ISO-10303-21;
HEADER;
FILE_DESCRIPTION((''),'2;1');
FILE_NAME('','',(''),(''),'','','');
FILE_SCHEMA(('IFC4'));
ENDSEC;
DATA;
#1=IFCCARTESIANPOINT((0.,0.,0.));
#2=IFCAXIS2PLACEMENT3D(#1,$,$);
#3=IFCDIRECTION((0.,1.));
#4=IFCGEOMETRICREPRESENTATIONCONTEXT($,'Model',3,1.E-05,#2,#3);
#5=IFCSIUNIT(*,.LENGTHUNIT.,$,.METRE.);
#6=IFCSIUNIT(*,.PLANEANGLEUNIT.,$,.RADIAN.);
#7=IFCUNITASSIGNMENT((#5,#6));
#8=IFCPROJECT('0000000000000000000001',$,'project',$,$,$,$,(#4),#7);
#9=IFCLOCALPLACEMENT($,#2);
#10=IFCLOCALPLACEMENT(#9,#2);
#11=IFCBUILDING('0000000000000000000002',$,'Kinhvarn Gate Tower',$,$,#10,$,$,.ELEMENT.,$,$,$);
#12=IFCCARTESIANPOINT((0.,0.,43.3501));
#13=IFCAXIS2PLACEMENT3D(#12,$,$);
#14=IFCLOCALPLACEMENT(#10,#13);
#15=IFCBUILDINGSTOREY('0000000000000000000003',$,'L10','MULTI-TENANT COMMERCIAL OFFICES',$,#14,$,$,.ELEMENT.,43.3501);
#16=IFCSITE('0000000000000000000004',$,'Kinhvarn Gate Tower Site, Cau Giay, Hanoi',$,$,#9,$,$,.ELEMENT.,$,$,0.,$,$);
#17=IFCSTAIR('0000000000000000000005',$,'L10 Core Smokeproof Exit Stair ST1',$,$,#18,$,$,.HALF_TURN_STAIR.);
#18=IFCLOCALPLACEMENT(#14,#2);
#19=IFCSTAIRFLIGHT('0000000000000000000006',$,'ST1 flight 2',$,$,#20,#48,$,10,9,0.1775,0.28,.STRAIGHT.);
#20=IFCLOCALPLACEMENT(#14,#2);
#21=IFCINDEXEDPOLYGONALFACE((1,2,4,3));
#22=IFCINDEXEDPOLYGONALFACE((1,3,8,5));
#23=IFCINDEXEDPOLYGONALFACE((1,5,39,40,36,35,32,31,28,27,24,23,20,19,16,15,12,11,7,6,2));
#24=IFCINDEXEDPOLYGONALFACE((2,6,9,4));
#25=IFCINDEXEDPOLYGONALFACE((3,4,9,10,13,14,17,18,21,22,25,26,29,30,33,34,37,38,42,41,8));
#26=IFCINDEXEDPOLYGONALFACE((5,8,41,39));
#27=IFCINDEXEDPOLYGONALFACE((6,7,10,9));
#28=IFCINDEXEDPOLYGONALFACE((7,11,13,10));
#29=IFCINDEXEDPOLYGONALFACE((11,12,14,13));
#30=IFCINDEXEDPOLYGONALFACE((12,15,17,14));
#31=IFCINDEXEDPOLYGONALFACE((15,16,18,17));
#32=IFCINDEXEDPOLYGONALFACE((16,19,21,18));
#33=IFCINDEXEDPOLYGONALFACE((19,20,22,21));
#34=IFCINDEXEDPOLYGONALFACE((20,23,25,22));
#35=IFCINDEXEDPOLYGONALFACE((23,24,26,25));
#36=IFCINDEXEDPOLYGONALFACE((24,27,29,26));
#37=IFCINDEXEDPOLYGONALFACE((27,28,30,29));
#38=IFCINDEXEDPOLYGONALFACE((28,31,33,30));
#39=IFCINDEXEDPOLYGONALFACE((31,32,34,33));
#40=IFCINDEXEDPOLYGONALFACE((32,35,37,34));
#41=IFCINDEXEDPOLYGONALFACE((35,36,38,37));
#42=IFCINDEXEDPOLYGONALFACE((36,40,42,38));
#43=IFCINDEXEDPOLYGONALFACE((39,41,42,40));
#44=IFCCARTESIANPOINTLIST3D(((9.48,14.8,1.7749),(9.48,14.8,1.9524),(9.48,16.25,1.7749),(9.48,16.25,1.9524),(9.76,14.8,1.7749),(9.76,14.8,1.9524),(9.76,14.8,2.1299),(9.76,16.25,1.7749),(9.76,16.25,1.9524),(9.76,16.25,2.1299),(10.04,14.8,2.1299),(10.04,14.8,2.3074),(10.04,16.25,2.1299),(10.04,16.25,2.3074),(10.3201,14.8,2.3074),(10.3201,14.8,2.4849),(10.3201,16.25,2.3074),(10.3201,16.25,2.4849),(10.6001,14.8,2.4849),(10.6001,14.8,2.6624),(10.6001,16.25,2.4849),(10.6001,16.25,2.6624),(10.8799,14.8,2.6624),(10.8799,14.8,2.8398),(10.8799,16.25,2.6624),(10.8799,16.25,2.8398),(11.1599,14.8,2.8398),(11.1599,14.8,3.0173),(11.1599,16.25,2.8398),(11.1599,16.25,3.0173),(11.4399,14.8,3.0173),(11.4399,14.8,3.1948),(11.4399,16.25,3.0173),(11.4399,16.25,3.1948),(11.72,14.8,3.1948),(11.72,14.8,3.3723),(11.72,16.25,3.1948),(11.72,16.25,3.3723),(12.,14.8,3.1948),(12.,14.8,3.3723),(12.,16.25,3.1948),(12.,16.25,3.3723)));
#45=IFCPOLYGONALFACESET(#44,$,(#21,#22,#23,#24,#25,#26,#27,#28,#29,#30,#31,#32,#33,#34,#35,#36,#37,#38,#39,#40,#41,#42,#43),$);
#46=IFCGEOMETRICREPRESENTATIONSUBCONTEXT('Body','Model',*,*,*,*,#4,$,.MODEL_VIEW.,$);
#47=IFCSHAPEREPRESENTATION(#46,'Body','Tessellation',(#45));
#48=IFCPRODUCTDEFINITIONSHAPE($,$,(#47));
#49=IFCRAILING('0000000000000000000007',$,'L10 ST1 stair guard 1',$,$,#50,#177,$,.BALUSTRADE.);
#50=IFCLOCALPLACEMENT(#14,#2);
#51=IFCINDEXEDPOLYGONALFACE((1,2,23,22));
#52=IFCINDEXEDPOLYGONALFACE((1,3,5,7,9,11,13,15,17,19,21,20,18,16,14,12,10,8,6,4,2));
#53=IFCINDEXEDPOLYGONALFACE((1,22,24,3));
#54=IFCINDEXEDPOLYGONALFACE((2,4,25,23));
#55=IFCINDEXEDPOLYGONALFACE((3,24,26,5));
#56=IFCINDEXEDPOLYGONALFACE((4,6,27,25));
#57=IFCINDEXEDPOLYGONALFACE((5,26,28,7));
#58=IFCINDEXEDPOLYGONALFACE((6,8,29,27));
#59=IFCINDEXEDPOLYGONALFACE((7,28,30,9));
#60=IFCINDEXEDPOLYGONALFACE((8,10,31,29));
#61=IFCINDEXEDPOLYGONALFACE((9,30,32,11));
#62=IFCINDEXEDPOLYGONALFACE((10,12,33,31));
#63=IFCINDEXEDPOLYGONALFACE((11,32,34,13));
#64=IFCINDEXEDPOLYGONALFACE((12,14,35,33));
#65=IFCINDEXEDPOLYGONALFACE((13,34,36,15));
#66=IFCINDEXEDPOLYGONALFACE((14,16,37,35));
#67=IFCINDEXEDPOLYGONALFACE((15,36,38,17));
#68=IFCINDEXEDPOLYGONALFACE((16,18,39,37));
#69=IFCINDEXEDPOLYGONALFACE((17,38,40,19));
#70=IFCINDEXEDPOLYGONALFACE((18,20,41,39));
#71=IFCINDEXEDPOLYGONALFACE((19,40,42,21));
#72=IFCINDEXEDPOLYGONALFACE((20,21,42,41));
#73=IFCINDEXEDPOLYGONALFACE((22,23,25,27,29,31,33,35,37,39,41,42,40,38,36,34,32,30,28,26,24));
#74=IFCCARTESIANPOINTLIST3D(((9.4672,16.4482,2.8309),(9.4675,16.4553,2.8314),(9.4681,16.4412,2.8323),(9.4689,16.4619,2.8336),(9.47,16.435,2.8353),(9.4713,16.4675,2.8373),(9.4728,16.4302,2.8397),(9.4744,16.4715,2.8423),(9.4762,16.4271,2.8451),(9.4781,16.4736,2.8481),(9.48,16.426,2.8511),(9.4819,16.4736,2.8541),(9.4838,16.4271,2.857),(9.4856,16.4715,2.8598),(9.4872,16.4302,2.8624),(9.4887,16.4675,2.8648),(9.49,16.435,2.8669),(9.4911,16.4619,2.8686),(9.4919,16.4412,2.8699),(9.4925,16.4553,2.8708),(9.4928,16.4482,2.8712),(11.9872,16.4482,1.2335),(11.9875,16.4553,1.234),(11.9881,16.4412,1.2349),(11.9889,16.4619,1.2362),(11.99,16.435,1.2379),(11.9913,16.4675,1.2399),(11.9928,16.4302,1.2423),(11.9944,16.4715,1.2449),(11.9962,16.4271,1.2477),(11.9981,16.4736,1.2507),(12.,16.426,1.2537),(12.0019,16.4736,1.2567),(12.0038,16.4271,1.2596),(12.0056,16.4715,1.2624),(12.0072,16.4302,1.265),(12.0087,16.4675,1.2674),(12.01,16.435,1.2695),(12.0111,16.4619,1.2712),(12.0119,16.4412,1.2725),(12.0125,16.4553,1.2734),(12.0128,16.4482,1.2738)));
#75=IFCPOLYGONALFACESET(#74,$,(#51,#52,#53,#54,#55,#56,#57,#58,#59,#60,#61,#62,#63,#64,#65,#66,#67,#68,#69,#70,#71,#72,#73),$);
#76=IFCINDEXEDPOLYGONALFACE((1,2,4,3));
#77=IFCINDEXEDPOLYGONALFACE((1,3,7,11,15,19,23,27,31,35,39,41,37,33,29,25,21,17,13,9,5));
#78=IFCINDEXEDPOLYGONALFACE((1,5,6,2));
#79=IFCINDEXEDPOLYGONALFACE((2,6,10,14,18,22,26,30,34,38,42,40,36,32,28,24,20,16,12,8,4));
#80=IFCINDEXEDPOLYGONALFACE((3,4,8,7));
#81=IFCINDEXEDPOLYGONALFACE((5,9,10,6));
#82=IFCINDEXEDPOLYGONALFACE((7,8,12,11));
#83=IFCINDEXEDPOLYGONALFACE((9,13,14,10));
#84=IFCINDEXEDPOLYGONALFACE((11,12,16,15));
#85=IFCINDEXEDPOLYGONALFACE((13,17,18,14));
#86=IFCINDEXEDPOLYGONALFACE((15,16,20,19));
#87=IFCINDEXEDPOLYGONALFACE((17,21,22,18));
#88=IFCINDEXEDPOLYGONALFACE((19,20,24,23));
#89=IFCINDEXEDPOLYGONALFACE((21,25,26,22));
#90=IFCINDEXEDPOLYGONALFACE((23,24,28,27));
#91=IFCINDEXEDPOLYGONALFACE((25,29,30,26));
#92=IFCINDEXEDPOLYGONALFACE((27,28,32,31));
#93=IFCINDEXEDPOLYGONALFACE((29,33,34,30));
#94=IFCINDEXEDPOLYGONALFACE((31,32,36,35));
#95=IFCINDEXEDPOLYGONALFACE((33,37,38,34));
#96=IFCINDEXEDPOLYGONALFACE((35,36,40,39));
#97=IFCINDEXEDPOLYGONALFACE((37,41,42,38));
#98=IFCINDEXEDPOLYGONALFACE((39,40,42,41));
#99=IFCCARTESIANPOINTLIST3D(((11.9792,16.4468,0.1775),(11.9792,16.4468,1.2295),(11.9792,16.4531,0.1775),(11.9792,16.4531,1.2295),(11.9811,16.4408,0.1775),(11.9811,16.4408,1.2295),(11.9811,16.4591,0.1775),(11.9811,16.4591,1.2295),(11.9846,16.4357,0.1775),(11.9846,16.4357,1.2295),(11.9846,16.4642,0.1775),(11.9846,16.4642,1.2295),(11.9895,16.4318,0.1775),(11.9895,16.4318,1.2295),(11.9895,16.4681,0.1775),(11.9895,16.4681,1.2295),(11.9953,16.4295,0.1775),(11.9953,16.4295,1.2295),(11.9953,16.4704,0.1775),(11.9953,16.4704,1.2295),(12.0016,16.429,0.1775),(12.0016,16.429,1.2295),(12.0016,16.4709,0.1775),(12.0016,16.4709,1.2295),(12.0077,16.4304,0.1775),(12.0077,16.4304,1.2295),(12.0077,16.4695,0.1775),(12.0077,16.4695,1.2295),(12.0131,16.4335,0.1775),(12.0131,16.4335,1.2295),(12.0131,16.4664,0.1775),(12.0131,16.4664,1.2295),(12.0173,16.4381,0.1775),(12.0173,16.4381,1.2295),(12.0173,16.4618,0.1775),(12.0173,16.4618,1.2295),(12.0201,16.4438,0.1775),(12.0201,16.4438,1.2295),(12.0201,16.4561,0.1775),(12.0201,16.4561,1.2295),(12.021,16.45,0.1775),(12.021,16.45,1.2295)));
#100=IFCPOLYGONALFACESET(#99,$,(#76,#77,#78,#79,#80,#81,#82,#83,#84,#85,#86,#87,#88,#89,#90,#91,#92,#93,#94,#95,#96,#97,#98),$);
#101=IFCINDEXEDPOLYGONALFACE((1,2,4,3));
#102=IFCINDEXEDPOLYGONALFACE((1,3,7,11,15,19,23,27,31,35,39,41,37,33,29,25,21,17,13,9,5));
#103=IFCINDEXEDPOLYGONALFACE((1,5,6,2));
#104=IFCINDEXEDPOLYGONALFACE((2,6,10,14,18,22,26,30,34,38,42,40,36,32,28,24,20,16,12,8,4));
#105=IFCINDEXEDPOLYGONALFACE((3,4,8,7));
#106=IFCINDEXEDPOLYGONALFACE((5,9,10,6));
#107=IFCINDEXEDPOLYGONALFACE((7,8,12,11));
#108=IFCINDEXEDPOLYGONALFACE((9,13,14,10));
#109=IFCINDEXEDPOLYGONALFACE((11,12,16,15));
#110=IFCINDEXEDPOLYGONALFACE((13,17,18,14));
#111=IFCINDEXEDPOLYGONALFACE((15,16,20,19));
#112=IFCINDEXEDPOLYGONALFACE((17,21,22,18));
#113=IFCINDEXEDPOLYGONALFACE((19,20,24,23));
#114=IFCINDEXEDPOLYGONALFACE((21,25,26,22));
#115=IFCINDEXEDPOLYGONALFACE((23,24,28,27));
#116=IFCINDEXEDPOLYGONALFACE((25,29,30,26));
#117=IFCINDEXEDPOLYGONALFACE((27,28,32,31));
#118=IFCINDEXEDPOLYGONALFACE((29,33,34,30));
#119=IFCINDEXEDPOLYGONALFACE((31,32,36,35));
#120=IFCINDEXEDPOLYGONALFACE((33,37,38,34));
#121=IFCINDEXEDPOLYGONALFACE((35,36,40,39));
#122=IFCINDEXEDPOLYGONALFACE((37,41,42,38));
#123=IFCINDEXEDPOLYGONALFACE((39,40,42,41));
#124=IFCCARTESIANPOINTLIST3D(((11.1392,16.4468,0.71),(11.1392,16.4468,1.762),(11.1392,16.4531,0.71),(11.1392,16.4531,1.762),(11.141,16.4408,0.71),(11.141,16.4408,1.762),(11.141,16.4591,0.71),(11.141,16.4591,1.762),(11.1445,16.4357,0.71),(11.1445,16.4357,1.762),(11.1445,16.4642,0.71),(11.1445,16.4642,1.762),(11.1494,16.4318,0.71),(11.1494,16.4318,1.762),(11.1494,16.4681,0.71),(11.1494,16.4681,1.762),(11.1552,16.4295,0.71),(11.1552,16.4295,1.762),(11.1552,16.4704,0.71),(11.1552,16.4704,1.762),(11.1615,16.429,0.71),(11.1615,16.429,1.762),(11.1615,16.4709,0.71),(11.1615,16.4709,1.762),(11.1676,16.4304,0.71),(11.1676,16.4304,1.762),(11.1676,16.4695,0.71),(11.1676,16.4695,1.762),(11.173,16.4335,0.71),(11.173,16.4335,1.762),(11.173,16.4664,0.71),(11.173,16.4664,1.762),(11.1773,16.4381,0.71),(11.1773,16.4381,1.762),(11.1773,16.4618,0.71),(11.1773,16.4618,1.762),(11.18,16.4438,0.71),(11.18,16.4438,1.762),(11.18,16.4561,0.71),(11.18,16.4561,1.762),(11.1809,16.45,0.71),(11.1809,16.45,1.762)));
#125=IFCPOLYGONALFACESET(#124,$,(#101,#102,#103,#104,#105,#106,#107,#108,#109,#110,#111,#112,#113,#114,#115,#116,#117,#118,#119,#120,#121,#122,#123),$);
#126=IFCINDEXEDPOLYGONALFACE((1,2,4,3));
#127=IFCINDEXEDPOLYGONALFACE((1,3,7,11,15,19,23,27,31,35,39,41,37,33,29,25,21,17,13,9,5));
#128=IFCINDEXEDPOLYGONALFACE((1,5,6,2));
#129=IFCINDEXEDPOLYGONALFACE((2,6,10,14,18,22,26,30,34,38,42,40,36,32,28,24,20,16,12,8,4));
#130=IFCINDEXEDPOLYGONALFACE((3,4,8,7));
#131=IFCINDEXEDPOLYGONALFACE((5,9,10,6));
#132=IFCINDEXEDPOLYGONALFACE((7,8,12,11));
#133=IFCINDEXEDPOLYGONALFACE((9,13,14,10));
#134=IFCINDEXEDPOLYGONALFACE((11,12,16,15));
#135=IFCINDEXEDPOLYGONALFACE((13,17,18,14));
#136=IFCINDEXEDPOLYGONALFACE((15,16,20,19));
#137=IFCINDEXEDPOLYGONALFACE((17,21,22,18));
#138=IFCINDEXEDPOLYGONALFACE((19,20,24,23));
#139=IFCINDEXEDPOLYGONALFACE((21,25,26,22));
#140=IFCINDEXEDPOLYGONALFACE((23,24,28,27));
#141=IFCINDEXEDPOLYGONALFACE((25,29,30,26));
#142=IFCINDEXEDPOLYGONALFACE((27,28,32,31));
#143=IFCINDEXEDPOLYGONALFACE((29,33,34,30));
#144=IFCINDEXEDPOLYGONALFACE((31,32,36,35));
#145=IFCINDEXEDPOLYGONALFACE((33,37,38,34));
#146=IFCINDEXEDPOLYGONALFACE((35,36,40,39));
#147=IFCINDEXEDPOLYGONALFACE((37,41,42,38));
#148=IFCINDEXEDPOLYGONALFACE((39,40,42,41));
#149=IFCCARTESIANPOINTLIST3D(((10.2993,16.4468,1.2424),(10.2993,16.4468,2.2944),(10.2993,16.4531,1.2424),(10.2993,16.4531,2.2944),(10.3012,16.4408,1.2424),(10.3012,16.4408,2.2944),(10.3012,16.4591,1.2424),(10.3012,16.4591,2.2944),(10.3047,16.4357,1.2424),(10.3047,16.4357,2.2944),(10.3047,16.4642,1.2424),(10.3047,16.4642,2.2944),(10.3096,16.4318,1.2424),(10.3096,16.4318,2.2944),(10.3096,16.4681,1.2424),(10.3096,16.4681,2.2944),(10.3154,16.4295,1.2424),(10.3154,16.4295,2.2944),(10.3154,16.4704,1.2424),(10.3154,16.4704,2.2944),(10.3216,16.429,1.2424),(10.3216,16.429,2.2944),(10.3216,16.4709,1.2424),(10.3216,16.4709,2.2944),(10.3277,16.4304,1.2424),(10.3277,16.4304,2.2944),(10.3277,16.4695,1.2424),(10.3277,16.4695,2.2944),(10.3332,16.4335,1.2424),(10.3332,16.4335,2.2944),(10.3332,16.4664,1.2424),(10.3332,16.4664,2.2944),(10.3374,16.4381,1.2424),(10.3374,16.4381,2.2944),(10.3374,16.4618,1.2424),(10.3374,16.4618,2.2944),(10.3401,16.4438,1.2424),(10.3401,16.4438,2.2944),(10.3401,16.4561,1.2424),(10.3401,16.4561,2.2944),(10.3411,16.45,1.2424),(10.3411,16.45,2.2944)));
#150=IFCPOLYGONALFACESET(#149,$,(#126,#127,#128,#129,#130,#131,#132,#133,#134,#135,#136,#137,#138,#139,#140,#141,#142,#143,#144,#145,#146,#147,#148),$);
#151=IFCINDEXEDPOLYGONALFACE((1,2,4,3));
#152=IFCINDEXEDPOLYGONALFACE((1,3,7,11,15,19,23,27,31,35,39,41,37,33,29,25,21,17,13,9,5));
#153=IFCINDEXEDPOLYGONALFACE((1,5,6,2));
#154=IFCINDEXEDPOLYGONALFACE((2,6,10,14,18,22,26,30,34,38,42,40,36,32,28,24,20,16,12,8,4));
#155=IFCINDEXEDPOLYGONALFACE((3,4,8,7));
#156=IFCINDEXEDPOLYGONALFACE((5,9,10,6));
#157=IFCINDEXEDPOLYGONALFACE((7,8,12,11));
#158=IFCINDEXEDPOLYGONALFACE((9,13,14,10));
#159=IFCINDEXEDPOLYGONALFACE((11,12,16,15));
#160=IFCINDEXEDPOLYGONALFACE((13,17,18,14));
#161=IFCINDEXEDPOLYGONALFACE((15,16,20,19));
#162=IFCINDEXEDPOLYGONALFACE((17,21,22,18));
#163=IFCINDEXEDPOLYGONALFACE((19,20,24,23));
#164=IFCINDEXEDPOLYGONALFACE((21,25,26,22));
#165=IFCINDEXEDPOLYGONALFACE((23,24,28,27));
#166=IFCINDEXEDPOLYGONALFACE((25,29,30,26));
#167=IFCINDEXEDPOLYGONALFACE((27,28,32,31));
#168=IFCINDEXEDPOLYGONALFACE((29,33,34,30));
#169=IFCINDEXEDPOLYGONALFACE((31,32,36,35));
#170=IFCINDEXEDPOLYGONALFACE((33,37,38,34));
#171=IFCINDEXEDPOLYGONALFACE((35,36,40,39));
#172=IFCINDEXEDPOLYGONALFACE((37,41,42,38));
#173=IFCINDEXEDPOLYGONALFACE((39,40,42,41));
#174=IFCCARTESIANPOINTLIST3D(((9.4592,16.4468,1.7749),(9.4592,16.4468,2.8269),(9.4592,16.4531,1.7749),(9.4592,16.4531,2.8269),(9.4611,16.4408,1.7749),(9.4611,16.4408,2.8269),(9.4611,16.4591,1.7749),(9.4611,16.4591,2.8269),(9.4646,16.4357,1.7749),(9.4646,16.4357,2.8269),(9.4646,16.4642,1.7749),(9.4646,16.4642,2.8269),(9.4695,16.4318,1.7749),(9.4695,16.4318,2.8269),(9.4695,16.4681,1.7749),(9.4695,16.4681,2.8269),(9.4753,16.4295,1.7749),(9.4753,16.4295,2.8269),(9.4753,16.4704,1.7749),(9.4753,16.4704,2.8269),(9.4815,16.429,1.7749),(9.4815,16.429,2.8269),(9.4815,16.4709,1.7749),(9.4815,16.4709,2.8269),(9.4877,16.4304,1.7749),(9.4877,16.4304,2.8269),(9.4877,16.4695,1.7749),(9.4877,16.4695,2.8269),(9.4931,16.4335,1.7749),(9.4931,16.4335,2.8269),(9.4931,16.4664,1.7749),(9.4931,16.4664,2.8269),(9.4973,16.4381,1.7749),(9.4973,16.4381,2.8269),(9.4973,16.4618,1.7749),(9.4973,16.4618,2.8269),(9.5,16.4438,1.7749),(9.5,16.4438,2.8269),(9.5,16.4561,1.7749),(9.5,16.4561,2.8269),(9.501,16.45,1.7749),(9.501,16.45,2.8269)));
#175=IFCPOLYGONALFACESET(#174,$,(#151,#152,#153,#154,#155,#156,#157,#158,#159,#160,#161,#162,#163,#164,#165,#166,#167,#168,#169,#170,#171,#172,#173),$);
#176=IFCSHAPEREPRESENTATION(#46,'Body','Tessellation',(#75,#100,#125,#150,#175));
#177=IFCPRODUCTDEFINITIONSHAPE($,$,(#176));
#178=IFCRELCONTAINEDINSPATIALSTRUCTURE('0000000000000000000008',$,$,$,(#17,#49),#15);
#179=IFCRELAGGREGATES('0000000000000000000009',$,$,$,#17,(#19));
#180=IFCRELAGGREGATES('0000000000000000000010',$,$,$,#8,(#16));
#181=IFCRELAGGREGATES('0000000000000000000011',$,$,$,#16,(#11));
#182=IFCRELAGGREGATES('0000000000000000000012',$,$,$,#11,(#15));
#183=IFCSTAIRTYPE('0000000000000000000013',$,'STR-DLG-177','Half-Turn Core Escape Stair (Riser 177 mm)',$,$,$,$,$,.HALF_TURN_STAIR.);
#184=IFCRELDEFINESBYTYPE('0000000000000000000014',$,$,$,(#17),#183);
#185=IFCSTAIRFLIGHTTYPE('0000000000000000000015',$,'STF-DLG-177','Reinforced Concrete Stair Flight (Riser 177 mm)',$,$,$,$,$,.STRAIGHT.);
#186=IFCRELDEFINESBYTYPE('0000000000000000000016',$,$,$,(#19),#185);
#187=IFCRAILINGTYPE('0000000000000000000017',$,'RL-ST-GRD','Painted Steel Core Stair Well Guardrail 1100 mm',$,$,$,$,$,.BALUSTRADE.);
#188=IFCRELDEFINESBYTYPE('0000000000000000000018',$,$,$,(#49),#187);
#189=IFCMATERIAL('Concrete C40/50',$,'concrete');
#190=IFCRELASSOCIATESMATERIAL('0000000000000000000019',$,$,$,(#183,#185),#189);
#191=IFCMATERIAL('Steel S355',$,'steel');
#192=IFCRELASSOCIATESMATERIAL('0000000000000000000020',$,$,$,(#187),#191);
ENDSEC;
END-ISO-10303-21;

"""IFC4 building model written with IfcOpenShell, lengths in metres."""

from ifc_helpers import new_model, si_unit, direction, frame, origin, origin_2d, place, context, subcontext, project, spatial, polyline, circle, outline, extrude, material, type_object, element, aggregate, save


model = new_model("IFC4")

# Units and contexts
model_context = context("Model", 3, precision=1e-05, world=origin(), true_north=direction((0.0, 1.0)))
body_context = subcontext(model_context, "Body", "Model", "MODEL_VIEW")
ifc_project = project(units=[si_unit("LENGTHUNIT", "METRE"), si_unit("PLANEANGLEUNIT", "RADIAN")], contexts=[model_context])

# Site, building, storey
site_placement = place(None, origin())
site = spatial("IfcSite", under=ifc_project, at=site_placement, Name="Kinhvarn Gate Tower Site, Cau Giay, Hanoi", CompositionType="ELEMENT", RefElevation=0.0)
building_placement = place(site_placement, origin())
building = spatial("IfcBuilding", under=site, at=building_placement, Name="Kinhvarn Gate Tower", CompositionType="ELEMENT")
storey_placement = place(building_placement, frame((0.0, 0.0, 43.3501)))
storey = spatial("IfcBuildingStorey", under=building, at=storey_placement, Name="L10", Description="MULTI-TENANT COMMERCIAL OFFICES", CompositionType="ELEMENT", Elevation=43.3501)

# Shared definitions
ifc_material_1 = material(Name="Steel S355", Category="steel")

# Shared definitions
ifc_material_2 = material(Name="Concrete C40/50", Category="concrete")

# Stair, stair flight
stair_type = type_object("IfcStairType", Name="STR-DLG-177", Description="Half-Turn Core Escape Stair (Riser 177 mm)", PredefinedType="HALF_TURN_STAIR", material=ifc_material_2)
stair_placement = place(storey_placement, origin())
stair = element("IfcStair", 1, at=stair_placement, inside=storey, type_object=stair_type, Name="L10 Core Smokeproof Exit Stair ST1", PredefinedType="HALF_TURN_STAIR")
stair_flight_type = type_object("IfcStairFlightType", Name="STF-DLG-177", Description="Reinforced Concrete Stair Flight (Riser 177 mm)", PredefinedType="STRAIGHT", material=ifc_material_2)
stair_flight_1_placement = place(storey_placement, frame((9.48, 15.5249, 1.7749), z_axis=(0.0, 0.0, 1.0), x_axis=(1.0, 0.0, 0.0)))
stair_flight_1 = element("IfcStairFlight", 2, at=stair_flight_1_placement, type_object=stair_flight_type, Name="ST1 flight 2", NumberOfRisers=10, NumberOfTreads=9, PredefinedType="STRAIGHT", RiserHeight=0.1775, TreadLength=0.28, context=body_context, shape_type="SweptSolid", body=[
    extrude(outline(polyline([(0.0, 0.0), (0.0, 0.1775), (0.28, 0.1775), (0.28, 0.355), (0.5601, 0.355), (0.5601, 0.5325), (0.8401, 0.5325), (0.8401, 0.71), (1.1201, 0.71), (1.1201, 0.8875), (1.3999, 0.8875), (1.3999, 1.0649), (1.6799, 1.0649), (1.6799, 1.2424), (1.96, 1.2424), (1.96, 1.4199), (2.24, 1.4199), (2.24, 1.5974), (2.52, 1.5974), (2.52, 1.7749), (2.52, 1.4199), (0.28, 0.0), (0.0, 0.0)])), frame((0.0, 0.7251, 0.0), z_axis=(0.0, -1.0, 0.0), x_axis=(1.0, 0.0, 0.0)), (0.0, 0.0, 1.0), 1.45),
])
aggregate(stair, [stair_flight_1])

# Railing
railing_type_1 = type_object("IfcRailingType", Name="RL-ST-GRD", Description="Painted Steel Core Stair Well Guardrail 1100 mm", PredefinedType="BALUSTRADE", material=ifc_material_1)
railing_1_placement = place(storey_placement, frame((12.0, 16.45, 0.1775)))
element("IfcRailing", 3, at=railing_1_placement, inside=storey, type_object=railing_type_1, Name="L10 ST1 stair guard 1", PredefinedType="BALUSTRADE", context=body_context, shape_type="SweptSolid", body=[
    extrude(circle(Radius=0.0239, at=origin_2d()), frame((0.0, 0.0, 1.0762), z_axis=(-0.844607, 0.0, 0.535387), x_axis=(0.0, -1.0, 0.0)), (0.0, 0.0, 1.0), 2.9836),
    extrude(circle(Radius=0.021, at=origin_2d()), origin(), (0.0, 0.0, 1.0), 1.052),
    extrude(circle(Radius=0.021, at=origin_2d()), frame((-0.8401, 0.0, 0.5325)), (0.0, 0.0, 1.0), 1.052),
    extrude(circle(Radius=0.021, at=origin_2d()), frame((-1.6799, 0.0, 1.0649)), (0.0, 0.0, 1.0), 1.052),
    extrude(circle(Radius=0.021, at=origin_2d()), frame((-2.52, 0.0, 1.5974)), (0.0, 0.0, 1.0), 1.052),
])

save(model, "model.ifc")
